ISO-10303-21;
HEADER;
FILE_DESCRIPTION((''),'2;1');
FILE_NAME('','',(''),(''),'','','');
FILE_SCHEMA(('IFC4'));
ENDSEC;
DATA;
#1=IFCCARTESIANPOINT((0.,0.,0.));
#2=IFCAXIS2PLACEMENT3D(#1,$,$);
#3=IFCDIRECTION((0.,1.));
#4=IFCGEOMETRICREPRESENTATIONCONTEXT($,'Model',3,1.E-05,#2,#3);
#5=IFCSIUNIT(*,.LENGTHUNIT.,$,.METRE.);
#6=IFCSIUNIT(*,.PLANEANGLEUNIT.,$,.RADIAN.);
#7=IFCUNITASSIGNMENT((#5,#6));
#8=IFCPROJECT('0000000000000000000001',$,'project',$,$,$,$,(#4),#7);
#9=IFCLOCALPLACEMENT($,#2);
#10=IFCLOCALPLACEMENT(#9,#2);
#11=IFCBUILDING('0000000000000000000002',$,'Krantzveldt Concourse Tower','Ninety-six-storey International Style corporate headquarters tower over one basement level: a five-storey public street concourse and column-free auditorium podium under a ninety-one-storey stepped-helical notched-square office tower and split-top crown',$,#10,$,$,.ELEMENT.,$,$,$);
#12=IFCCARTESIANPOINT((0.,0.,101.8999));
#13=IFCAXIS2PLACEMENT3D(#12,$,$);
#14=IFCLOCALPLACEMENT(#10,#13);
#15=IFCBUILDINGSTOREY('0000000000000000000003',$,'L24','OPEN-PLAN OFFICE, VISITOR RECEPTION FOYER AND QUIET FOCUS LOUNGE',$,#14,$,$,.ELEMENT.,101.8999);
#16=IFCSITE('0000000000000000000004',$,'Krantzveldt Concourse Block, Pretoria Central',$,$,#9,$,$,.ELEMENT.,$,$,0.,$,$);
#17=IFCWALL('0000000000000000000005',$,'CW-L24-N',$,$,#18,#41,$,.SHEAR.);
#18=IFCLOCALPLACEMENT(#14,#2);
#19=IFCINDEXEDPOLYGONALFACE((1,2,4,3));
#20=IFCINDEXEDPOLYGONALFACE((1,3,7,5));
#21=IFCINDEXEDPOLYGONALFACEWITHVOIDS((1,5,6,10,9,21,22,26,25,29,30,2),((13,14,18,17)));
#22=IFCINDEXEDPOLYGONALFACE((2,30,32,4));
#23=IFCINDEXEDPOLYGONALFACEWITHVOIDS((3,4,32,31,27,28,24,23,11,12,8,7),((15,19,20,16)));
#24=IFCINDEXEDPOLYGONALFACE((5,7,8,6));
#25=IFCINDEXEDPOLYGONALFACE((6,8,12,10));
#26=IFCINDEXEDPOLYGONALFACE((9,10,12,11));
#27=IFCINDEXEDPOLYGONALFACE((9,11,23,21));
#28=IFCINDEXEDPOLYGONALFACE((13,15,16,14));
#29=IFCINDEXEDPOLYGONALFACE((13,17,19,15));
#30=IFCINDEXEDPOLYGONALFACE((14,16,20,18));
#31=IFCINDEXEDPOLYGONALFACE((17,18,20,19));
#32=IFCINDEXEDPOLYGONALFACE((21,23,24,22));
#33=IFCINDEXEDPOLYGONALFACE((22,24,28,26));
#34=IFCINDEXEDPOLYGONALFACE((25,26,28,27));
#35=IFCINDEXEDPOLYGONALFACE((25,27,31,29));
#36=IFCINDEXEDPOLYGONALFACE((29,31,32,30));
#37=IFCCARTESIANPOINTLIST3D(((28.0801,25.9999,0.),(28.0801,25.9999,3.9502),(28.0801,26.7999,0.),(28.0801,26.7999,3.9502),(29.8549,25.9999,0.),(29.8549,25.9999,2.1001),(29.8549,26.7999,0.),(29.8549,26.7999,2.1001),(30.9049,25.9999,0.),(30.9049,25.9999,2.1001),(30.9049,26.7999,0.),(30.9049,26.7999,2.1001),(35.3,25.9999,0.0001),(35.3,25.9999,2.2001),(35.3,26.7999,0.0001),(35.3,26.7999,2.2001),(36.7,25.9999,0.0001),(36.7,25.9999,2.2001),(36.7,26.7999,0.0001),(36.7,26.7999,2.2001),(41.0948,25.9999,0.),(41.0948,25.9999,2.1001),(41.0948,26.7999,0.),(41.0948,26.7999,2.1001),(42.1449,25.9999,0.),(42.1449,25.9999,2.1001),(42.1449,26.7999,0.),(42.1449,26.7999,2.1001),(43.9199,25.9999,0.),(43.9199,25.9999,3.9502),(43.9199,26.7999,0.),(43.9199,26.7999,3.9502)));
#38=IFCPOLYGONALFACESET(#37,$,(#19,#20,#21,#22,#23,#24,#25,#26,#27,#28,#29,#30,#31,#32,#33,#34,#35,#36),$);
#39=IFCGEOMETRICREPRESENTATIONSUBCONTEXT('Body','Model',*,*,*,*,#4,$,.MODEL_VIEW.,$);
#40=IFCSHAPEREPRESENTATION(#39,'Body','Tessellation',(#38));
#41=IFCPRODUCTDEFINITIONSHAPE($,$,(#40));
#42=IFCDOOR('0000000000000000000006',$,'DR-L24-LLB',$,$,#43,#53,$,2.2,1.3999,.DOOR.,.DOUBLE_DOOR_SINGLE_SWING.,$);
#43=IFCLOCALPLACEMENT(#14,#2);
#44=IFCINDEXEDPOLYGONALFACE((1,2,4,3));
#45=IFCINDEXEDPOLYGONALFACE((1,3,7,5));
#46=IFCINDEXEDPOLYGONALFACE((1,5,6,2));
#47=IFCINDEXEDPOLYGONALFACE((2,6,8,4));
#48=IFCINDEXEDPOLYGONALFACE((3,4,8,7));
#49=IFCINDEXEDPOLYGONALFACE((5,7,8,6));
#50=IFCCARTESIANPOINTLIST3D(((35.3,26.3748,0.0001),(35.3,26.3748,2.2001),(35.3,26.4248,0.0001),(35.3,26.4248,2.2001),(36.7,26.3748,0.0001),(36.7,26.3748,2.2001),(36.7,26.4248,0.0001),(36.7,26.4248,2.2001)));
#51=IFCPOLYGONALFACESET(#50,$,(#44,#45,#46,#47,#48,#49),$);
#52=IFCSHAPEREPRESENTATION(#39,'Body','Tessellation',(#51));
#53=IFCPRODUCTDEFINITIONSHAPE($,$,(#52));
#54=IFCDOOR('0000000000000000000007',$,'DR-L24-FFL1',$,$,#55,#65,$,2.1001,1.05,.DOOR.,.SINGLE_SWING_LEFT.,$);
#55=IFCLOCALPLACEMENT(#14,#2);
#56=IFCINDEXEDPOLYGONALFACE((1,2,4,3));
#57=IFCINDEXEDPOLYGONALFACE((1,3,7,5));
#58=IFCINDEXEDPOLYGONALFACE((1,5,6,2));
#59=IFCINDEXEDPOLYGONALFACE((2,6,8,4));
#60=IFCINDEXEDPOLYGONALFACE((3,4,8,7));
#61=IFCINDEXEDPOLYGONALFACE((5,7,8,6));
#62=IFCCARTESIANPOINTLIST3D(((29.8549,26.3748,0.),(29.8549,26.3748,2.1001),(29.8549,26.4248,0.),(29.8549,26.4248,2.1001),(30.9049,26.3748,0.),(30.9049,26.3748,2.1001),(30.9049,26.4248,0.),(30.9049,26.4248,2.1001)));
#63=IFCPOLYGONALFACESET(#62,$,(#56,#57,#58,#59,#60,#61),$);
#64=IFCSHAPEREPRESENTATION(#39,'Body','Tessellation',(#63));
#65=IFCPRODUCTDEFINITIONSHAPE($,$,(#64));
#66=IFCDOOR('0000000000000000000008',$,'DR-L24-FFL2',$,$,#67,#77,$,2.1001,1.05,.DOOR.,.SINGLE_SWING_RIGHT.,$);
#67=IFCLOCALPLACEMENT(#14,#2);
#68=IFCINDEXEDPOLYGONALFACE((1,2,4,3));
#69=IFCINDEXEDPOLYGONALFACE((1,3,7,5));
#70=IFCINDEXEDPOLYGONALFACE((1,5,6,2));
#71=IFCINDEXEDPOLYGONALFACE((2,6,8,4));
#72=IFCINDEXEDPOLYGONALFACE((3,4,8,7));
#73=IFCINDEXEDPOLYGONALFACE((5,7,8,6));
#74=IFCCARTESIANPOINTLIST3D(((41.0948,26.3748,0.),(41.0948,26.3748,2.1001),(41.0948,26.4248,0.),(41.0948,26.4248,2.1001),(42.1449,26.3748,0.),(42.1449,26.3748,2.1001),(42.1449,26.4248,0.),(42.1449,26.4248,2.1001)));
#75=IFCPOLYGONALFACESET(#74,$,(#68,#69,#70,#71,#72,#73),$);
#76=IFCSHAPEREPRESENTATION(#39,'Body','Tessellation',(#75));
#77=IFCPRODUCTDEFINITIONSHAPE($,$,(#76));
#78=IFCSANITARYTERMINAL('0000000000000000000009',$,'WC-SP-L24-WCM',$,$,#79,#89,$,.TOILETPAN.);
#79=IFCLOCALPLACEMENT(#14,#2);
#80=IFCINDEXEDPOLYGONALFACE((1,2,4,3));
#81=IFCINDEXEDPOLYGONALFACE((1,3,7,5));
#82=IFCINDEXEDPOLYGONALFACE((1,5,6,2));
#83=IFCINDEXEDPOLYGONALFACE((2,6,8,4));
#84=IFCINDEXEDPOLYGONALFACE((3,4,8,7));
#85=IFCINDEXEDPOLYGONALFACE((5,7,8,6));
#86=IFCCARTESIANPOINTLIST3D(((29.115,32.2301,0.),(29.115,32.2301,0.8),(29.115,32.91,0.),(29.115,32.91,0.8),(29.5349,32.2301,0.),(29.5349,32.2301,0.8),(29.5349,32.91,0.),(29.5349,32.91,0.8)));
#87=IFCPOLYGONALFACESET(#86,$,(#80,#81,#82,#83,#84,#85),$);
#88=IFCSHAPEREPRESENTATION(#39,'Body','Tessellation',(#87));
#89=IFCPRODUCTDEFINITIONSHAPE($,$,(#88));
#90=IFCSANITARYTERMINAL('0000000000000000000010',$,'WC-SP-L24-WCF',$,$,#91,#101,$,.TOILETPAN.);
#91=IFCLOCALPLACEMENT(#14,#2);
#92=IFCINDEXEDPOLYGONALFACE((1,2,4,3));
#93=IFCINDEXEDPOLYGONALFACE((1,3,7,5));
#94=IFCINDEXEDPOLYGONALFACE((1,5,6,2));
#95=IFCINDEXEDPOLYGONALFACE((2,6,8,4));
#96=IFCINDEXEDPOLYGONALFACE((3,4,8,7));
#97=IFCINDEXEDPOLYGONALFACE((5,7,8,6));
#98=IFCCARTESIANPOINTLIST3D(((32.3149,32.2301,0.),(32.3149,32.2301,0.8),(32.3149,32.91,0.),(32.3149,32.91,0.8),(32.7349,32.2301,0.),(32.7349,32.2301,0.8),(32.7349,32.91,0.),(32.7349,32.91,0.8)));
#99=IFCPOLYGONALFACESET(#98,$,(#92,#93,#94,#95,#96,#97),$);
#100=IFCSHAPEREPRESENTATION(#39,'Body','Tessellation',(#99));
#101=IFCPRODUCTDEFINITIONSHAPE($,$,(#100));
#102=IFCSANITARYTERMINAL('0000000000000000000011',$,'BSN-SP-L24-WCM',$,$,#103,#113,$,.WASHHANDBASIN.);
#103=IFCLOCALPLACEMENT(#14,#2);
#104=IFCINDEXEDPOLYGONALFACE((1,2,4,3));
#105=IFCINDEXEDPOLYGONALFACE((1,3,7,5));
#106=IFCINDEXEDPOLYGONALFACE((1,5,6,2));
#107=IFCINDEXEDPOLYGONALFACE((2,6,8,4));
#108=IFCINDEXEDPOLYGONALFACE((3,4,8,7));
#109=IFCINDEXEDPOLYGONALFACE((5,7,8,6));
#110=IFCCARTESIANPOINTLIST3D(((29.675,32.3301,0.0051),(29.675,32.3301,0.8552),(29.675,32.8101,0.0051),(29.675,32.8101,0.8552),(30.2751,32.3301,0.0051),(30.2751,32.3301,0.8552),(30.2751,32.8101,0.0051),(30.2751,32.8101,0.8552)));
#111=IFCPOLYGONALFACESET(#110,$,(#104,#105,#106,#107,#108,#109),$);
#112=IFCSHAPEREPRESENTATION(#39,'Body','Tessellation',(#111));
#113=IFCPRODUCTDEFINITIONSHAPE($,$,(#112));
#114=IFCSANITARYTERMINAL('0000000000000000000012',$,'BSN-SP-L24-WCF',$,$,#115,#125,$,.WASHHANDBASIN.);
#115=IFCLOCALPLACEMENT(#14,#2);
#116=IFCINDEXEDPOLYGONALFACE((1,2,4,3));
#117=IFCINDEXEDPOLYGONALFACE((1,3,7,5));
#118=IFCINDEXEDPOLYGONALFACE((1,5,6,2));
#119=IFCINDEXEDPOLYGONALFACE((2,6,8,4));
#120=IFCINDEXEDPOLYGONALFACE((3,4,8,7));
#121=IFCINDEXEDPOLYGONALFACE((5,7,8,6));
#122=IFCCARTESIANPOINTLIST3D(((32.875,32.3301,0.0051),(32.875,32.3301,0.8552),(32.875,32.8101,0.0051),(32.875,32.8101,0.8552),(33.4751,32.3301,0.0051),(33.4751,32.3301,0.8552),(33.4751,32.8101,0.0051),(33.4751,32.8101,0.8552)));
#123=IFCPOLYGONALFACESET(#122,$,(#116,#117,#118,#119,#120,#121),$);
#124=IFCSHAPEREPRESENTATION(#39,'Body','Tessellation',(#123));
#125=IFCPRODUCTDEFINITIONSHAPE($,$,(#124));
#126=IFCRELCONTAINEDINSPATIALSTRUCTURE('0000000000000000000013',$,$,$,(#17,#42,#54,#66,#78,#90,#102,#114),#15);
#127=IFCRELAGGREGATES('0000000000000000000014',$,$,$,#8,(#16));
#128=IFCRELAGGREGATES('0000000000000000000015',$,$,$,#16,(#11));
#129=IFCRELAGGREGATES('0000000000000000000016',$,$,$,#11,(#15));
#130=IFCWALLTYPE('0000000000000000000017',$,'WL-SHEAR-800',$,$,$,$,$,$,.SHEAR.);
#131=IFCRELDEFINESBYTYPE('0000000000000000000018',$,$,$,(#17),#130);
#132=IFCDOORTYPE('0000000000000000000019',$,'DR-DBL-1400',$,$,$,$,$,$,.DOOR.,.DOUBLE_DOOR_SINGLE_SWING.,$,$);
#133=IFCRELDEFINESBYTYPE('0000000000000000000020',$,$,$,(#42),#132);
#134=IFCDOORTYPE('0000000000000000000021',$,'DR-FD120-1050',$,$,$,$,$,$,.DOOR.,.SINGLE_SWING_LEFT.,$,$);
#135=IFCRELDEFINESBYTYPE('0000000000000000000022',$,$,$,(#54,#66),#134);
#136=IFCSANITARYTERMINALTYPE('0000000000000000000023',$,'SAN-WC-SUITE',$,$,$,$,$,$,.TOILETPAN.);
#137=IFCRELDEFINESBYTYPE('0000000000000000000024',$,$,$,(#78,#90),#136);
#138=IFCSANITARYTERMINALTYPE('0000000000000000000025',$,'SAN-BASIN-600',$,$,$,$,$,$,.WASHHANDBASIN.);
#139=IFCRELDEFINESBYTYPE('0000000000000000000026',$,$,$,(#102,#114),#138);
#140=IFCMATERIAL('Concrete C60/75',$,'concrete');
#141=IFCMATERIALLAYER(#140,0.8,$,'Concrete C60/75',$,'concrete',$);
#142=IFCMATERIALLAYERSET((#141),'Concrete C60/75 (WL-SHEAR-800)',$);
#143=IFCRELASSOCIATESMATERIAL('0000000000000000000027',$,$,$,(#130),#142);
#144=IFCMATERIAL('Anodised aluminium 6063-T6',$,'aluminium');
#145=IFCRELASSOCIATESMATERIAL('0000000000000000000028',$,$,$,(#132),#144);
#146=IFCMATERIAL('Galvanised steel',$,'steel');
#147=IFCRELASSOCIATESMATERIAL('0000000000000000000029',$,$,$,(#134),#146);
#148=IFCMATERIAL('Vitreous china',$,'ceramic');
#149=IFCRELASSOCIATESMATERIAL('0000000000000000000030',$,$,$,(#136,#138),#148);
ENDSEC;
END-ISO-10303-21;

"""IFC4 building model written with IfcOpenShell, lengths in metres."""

from ifc_helpers import new_model, si_unit, direction, frame, frame_2d, origin, origin_2d, place, context, subcontext, project, spatial, rectangle, extrude, source, transform, mapped, material, layer, layer_set, type_object, type_shapes, element, fill, save


model = new_model("IFC4")

# Units and contexts
model_context = context("Model", 3, precision=1e-05, world=origin(), true_north=direction((0.0, 1.0)))
body_context = subcontext(model_context, "Body", "Model", "MODEL_VIEW")
ifc_project = project(units=[si_unit("LENGTHUNIT", "METRE"), si_unit("PLANEANGLEUNIT", "RADIAN")], contexts=[model_context])

# Site, building, storey
site_placement = place(None, origin())
site = spatial("IfcSite", under=ifc_project, at=site_placement, Name="Krantzveldt Concourse Block, Pretoria Central", CompositionType="ELEMENT", RefElevation=0.0)
building_placement = place(site_placement, origin())
building = spatial("IfcBuilding", under=site, at=building_placement, Name="Krantzveldt Concourse Tower", Description="Ninety-six-storey International Style corporate headquarters tower over one basement level: a five-storey public street concourse and column-free auditorium podium under a ninety-one-storey stepped-helical notched-square office tower and split-top crown", CompositionType="ELEMENT")
storey_placement = place(building_placement, frame((0.0, 0.0, 101.8999)))
storey = spatial("IfcBuildingStorey", under=building, at=storey_placement, Name="L24", Description="OPEN-PLAN OFFICE, VISITOR RECEPTION FOYER AND QUIET FOCUS LOUNGE", CompositionType="ELEMENT", Elevation=101.8999)

# Wall, openings, doors
ifc_material_1 = material(Name="Concrete C60/75", Category="concrete")
ifc_layer_1 = layer(ifc_material_1, 0.8, Name="Concrete C60/75", Category="concrete")
ifc_layer_set_1 = layer_set([ifc_layer_1], Name="Concrete C60/75 (WL-SHEAR-800)")
wall_type_1 = type_object("IfcWallType", Name="WL-SHEAR-800", PredefinedType="SHEAR", material=ifc_layer_set_1)
wall_1_placement = place(storey_placement, frame((28.0801, 26.3999, 0.0), z_axis=(0.0, 0.0, 1.0), x_axis=(1.0, 0.0, 0.0)))
wall_1 = element("IfcWall", 1, at=wall_1_placement, inside=storey, type_object=wall_type_1, Name="CW-L24-N", PredefinedType="SHEAR", context=body_context, shape_type="SweptSolid", body=[
    extrude(rectangle(XDim=15.8398, YDim=0.8, at=frame_2d((7.9199, 0.0))), origin(), (0.0, 0.0, 1.0), 3.9502),
])
opening_1_placement = place(wall_1_placement, frame((7.22, 0.0, 0.0)))
opening_1 = element("IfcOpeningElement", 2, at=opening_1_placement, cuts=wall_1, PredefinedType="OPENING", context=body_context, shape_type="SweptSolid", body=[
    extrude(rectangle(XDim=1.3999, YDim=2.2, at=frame_2d((0.7, 1.1001))), frame((0.0, 0.4102, 0.0), z_axis=(0.0, -1.0, 0.0), x_axis=(1.0, 0.0, 0.0)), (0.0, 0.0, 1.0), 0.8201),
])
opening_2_placement = place(wall_1_placement, frame((1.7749, 0.0, 0.0)))
opening_2 = element("IfcOpeningElement", 3, at=opening_2_placement, cuts=wall_1, PredefinedType="OPENING", context=body_context, shape_type="SweptSolid", body=[
    extrude(rectangle(XDim=1.05, YDim=2.1001, at=frame_2d((0.5249, 1.05))), frame((0.0, 0.4102, 0.0), z_axis=(0.0, -1.0, 0.0), x_axis=(1.0, 0.0, 0.0)), (0.0, 0.0, 1.0), 0.8201),
])
opening_3_placement = place(wall_1_placement, frame((13.0149, 0.0, 0.0)))
opening_3 = element("IfcOpeningElement", 4, at=opening_3_placement, cuts=wall_1, PredefinedType="OPENING", context=body_context, shape_type="SweptSolid", body=[
    extrude(rectangle(XDim=1.05, YDim=2.1001, at=frame_2d((0.5249, 1.05))), frame((0.0, 0.4102, 0.0), z_axis=(0.0, -1.0, 0.0), x_axis=(1.0, 0.0, 0.0)), (0.0, 0.0, 1.0), 0.8201),
])
ifc_material_2 = material(Name="Anodised aluminium 6063-T6", Category="aluminium")
door_type_1 = type_object("IfcDoorType", Name="DR-DBL-1400", OperationType="DOUBLE_DOOR_SINGLE_SWING", PredefinedType="DOOR", material=ifc_material_2)
door_1_placement = place(opening_1_placement, origin())
door_1 = element("IfcDoor", 5, at=door_1_placement, inside=storey, type_object=door_type_1, Name="DR-L24-LLB", OperationType="DOUBLE_DOOR_SINGLE_SWING", OverallHeight=2.2, OverallWidth=1.3999, PredefinedType="DOOR", context=body_context, shape_type="SweptSolid", body=[
    extrude(rectangle(XDim=1.3999, YDim=2.2, at=frame_2d((0.7, 1.1001))), frame((0.0, 0.0249, 0.0), z_axis=(0.0, -1.0, 0.0), x_axis=(1.0, 0.0, 0.0)), (0.0, 0.0, 1.0), 0.05),
])
fill(opening_1, door_1)
ifc_material_3 = material(Name="Galvanised steel", Category="steel")
door_type_2 = type_object("IfcDoorType", Name="DR-FD120-1050", OperationType="SINGLE_SWING_LEFT", PredefinedType="DOOR", material=ifc_material_3)
door_2_placement = place(opening_2_placement, origin())
door_2 = element("IfcDoor", 6, at=door_2_placement, inside=storey, type_object=door_type_2, Name="DR-L24-FFL1", OperationType="SINGLE_SWING_LEFT", OverallHeight=2.1001, OverallWidth=1.05, PredefinedType="DOOR", context=body_context, shape_type="SweptSolid", body=[
    extrude(rectangle(XDim=1.05, YDim=2.1001, at=frame_2d((0.5249, 1.05))), frame((0.0, 0.0249, 0.0), z_axis=(0.0, -1.0, 0.0), x_axis=(1.0, 0.0, 0.0)), (0.0, 0.0, 1.0), 0.05),
])
fill(opening_2, door_2)
door_3_placement = place(opening_3_placement, origin())
door_3 = element("IfcDoor", 7, at=door_3_placement, inside=storey, type_object=door_type_2, Name="DR-L24-FFL2", OperationType="SINGLE_SWING_RIGHT", OverallHeight=2.1001, OverallWidth=1.05, PredefinedType="DOOR", context=body_context, shape_type="SweptSolid", body=[
    extrude(rectangle(XDim=1.05, YDim=2.1001, at=frame_2d((0.5249, 1.05))), frame((0.0, 0.0249, 0.0), z_axis=(0.0, -1.0, 0.0), x_axis=(1.0, 0.0, 0.0)), (0.0, 0.0, 1.0), 0.05),
])
fill(opening_3, door_3)

# Sanitary terminals
ifc_material_4 = material(Name="Vitreous china", Category="ceramic")
sanitary_terminal_type_1 = type_object("IfcSanitaryTerminalType", Name="SAN-WC-SUITE", PredefinedType="TOILETPAN", material=ifc_material_4)
shared_shape_1 = source(origin(), body_context, "Body", "SweptSolid", [
    extrude(rectangle(XDim=0.4199, YDim=0.6799, at=origin_2d()), origin(), (0.0, 0.0, 1.0), 0.8),
])
type_shapes(sanitary_terminal_type_1, [shared_shape_1])
for number, where, z_axis, x_axis, name in (
    (8, (29.325, 32.5701, 0.0), (0.0, 0.0, 1.0), (1.0, 0.0, 0.0), "WC-SP-L24-WCM"),
    (9, (32.5249, 32.5701, 0.0), (0.0, 0.0, 1.0), (1.0, 0.0, 0.0), "WC-SP-L24-WCF"),
):
    element("IfcSanitaryTerminal", number, at=place(storey_placement, frame(where, z_axis=z_axis, x_axis=x_axis)), inside=storey, type_object=sanitary_terminal_type_1, Name=name, PredefinedType="TOILETPAN", context=body_context, shape_type="MappedRepresentation", body=[
        mapped(shared_shape_1, transform((0.0, 0.0, 0.0), x_axis=(1.0, 0.0, 0.0), y_axis=(0.0, 1.0, 0.0), z_axis=(0.0, 0.0, 1.0), scale=1.0)),
    ])
sanitary_terminal_type_2 = type_object("IfcSanitaryTerminalType", Name="SAN-BASIN-600", PredefinedType="WASHHANDBASIN", material=ifc_material_4)
shared_shape_2 = source(origin(), body_context, "Body", "SweptSolid", [
    extrude(rectangle(XDim=0.6001, YDim=0.48, at=origin_2d()), origin(), (0.0, 0.0, 1.0), 0.8501),
])
type_shapes(sanitary_terminal_type_2, [shared_shape_2])
for number, where, z_axis, x_axis, name in (
    (10, (29.9751, 32.5701, 0.0051), (0.0, 0.0, 1.0), (1.0, 0.0, 0.0), "BSN-SP-L24-WCM"),
    (11, (33.175, 32.5701, 0.0051), (0.0, 0.0, 1.0), (1.0, 0.0, 0.0), "BSN-SP-L24-WCF"),
):
    element("IfcSanitaryTerminal", number, at=place(storey_placement, frame(where, z_axis=z_axis, x_axis=x_axis)), inside=storey, type_object=sanitary_terminal_type_2, Name=name, PredefinedType="WASHHANDBASIN", context=body_context, shape_type="MappedRepresentation", body=[
        mapped(shared_shape_2, transform((0.0, 0.0, 0.0), x_axis=(1.0, 0.0, 0.0), y_axis=(0.0, 1.0, 0.0), z_axis=(0.0, 0.0, 1.0), scale=1.0)),
    ])

save(model, "model.ifc")
